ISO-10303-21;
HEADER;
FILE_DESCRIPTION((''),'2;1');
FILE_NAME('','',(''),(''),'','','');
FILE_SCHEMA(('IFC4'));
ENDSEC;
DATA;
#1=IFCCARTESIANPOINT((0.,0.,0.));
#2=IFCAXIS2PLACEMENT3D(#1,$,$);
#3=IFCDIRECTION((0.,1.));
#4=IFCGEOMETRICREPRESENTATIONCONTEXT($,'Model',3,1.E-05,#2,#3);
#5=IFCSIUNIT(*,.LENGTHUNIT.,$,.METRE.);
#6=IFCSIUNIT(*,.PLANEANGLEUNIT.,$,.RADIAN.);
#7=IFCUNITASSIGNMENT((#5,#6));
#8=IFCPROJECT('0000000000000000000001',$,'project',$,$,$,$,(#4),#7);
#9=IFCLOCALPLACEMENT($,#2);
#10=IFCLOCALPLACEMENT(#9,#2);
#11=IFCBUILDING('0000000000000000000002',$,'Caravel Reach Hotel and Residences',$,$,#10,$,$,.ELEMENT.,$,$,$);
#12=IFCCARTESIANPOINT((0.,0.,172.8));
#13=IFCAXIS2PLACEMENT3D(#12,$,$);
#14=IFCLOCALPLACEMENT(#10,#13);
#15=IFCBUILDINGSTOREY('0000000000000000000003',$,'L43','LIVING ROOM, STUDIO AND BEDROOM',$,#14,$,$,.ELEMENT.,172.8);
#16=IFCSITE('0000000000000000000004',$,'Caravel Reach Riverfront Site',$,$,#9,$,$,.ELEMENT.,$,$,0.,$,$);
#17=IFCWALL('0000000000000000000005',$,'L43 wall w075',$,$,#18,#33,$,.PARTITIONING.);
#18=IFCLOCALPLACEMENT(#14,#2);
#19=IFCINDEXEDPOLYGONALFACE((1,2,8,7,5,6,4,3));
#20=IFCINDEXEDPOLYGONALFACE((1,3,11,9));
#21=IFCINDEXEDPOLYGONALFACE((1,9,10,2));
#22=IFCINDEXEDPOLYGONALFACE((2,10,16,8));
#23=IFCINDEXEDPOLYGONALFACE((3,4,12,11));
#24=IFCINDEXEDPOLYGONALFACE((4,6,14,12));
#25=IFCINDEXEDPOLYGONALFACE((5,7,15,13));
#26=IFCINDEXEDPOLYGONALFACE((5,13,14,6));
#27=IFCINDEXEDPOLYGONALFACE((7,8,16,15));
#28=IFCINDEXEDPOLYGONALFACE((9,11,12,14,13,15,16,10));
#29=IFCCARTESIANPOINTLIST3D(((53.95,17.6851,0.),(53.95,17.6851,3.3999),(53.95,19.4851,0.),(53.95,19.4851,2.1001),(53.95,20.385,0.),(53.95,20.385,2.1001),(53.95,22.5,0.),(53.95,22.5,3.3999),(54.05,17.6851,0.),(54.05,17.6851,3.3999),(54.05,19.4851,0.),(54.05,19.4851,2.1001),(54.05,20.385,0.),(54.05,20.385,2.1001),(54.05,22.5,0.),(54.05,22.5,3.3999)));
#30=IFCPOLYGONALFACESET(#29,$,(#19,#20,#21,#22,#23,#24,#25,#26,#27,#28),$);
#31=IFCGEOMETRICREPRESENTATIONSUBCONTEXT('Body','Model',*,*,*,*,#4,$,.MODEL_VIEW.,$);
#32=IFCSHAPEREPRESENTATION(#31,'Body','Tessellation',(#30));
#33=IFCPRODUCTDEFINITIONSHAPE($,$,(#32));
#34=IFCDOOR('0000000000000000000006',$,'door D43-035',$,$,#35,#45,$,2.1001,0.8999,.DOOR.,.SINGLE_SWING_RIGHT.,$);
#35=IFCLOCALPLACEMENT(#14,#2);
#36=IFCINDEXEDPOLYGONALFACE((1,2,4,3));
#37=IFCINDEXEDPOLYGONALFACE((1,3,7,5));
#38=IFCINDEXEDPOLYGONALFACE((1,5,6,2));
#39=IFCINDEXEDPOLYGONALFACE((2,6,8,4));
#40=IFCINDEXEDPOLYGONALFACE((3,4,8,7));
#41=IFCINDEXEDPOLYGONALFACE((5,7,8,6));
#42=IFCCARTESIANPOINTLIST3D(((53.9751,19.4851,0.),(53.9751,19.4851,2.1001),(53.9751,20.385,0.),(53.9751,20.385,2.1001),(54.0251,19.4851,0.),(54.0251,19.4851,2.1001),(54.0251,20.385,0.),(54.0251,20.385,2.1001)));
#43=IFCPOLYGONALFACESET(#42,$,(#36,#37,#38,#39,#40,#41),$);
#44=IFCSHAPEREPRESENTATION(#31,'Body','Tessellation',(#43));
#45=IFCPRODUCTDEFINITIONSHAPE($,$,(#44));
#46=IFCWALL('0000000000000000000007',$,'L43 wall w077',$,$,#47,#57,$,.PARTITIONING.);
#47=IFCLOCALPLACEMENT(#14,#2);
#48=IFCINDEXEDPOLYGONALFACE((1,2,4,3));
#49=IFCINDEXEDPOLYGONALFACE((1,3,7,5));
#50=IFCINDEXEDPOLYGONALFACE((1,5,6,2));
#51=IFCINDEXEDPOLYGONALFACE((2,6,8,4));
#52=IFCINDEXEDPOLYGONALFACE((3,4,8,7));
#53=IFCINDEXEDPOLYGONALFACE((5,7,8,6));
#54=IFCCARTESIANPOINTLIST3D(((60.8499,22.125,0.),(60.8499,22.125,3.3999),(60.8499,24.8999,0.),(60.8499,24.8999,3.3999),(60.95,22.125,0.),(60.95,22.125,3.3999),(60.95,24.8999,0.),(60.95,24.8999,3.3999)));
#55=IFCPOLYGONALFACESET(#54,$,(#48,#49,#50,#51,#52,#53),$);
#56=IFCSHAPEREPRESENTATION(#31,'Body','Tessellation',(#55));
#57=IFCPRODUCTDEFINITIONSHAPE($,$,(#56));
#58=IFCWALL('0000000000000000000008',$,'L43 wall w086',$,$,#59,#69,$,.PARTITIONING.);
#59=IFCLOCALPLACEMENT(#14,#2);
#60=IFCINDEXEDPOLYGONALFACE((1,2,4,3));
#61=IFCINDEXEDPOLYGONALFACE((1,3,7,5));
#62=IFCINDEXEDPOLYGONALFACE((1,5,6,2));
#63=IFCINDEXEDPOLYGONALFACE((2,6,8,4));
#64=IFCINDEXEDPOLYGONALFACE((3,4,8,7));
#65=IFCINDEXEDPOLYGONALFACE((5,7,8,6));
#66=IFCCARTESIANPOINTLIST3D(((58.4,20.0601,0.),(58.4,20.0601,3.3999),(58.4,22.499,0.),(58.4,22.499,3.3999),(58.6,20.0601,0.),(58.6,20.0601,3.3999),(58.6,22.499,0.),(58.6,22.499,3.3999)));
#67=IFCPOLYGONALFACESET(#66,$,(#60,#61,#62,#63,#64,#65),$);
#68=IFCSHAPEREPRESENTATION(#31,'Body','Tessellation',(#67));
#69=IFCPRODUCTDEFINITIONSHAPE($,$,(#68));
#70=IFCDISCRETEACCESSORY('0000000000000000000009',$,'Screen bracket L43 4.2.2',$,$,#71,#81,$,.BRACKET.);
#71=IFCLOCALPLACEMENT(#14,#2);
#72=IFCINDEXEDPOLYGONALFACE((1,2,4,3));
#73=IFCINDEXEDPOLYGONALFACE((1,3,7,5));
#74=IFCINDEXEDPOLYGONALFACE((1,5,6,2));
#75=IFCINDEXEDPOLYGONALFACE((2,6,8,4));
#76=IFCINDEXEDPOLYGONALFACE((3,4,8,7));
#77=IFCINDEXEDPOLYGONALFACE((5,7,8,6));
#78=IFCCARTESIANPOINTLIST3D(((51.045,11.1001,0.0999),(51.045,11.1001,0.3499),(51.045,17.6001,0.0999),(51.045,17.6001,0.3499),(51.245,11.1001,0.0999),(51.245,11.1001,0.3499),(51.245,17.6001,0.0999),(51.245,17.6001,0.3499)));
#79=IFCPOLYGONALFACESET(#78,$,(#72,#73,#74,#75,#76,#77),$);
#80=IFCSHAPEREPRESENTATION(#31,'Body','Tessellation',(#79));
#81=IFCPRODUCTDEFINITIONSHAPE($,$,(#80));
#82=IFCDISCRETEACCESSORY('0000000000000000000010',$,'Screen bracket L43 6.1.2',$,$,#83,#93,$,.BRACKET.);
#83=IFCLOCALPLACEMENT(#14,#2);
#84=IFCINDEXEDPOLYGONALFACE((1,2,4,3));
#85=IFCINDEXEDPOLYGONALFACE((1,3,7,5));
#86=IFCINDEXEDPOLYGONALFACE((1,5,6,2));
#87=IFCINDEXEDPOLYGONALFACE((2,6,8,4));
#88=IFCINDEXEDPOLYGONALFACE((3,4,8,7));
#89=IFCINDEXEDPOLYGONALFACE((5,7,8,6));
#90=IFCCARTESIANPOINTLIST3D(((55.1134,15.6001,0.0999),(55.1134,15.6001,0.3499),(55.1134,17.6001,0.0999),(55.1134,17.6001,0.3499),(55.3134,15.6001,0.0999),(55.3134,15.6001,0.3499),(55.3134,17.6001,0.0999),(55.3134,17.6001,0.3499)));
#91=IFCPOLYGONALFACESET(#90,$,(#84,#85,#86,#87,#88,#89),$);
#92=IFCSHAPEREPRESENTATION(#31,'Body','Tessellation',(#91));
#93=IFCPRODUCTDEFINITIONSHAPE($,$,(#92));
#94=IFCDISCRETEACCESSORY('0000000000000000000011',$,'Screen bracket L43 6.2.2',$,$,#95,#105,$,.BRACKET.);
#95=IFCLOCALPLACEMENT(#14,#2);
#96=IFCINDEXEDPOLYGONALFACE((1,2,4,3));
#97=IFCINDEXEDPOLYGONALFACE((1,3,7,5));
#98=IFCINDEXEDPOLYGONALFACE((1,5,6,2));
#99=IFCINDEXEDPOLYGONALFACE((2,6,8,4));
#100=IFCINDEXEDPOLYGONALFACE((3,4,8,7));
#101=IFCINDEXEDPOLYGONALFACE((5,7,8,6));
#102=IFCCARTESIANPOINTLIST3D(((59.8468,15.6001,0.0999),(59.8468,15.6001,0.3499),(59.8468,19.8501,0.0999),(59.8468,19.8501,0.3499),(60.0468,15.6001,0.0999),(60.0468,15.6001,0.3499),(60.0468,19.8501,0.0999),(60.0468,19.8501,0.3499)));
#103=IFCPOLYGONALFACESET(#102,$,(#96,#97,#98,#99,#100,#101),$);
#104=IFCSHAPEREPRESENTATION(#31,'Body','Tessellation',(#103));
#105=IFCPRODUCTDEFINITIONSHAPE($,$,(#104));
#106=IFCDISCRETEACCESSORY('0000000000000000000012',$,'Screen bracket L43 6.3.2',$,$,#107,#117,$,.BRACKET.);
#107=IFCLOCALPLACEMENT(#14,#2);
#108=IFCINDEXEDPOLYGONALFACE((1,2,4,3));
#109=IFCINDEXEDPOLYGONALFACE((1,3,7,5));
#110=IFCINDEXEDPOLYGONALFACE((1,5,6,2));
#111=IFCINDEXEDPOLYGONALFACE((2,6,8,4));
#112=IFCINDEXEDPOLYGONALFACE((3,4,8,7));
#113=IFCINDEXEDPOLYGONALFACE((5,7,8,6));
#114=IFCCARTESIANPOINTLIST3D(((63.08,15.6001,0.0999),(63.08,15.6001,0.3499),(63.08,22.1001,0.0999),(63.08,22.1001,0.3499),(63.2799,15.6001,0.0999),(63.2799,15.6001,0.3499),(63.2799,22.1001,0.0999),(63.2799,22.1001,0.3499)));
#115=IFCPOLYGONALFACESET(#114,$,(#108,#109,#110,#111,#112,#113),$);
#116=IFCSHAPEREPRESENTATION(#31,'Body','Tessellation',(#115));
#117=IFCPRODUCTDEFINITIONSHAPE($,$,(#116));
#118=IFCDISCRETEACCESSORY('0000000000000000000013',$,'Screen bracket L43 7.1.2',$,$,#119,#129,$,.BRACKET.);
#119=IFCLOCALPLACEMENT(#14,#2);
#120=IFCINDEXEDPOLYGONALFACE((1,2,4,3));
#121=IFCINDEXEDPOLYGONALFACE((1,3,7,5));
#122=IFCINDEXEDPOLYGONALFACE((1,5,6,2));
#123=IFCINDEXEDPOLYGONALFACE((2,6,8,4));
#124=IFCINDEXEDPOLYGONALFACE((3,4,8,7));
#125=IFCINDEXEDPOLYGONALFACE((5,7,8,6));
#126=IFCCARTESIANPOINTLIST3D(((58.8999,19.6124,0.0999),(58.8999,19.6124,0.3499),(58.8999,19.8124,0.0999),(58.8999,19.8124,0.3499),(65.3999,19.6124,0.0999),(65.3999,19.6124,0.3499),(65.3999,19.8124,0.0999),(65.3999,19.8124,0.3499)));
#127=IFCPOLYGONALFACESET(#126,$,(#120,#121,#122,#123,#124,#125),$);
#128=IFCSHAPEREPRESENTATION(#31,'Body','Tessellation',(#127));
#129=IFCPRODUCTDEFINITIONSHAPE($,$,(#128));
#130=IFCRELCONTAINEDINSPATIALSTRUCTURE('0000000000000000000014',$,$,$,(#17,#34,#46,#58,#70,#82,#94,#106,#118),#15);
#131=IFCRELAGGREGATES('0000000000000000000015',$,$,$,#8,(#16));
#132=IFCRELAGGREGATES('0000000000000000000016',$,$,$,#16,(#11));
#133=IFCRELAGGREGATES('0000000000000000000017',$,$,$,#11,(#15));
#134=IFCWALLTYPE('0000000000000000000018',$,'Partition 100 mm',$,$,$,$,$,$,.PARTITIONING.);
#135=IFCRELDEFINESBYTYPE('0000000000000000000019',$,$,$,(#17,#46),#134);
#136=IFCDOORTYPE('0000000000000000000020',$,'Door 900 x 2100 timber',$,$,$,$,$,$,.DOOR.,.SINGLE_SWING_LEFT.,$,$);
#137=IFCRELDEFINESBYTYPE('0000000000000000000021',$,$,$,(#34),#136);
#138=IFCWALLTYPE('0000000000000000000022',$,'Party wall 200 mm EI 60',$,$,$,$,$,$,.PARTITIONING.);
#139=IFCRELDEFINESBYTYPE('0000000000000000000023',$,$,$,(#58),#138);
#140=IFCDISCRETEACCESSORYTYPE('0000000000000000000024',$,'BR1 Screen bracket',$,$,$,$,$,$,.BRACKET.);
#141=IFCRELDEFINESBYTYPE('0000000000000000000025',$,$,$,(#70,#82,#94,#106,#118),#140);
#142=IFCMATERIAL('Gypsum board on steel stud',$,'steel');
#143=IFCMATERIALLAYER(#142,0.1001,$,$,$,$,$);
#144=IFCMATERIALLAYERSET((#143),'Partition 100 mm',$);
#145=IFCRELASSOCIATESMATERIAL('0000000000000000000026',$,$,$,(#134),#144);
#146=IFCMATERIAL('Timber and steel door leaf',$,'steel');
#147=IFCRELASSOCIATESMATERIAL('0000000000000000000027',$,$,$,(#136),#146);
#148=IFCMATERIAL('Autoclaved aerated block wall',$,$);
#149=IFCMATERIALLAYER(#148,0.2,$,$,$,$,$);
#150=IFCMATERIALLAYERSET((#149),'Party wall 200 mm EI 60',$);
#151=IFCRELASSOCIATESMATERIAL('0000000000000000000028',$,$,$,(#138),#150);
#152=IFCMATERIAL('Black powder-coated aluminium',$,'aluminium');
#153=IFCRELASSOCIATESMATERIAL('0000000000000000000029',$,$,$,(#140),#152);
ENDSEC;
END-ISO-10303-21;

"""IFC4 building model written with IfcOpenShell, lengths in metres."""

from ifc_helpers import new_model, si_unit, direction, frame, frame_2d, origin, origin_2d, place, context, subcontext, project, spatial, rectangle, extrude, material, layer, layer_set, type_object, element, fill, save


model = new_model("IFC4")

# Units and contexts
model_context = context("Model", 3, precision=1e-05, world=origin(), true_north=direction((0.0, 1.0)))
body_context = subcontext(model_context, "Body", "Model", "MODEL_VIEW")
ifc_project = project(units=[si_unit("LENGTHUNIT", "METRE"), si_unit("PLANEANGLEUNIT", "RADIAN")], contexts=[model_context])

# Site, building, storey
site_placement = place(None, origin())
site = spatial("IfcSite", under=ifc_project, at=site_placement, Name="Caravel Reach Riverfront Site", CompositionType="ELEMENT", RefElevation=0.0)
building_placement = place(site_placement, origin())
building = spatial("IfcBuilding", under=site, at=building_placement, Name="Caravel Reach Hotel and Residences", CompositionType="ELEMENT")
storey_placement = place(building_placement, frame((0.0, 0.0, 172.8)))
storey = spatial("IfcBuildingStorey", under=building, at=storey_placement, Name="L43", Description="LIVING ROOM, STUDIO AND BEDROOM", CompositionType="ELEMENT", Elevation=172.8)

# Shared definitions
ifc_material_1 = material(Name="Gypsum board on steel stud", Category="steel")
ifc_layer_1 = layer(ifc_material_1, 0.1001)
ifc_layer_set_1 = layer_set([ifc_layer_1], Name="Partition 100 mm")
wall_type_1 = type_object("IfcWallType", Name="Partition 100 mm", PredefinedType="PARTITIONING", material=ifc_layer_set_1)
ifc_material_2 = material(Name="Timber and steel door leaf", Category="steel")
door_type = type_object("IfcDoorType", Name="Door 900 x 2100 timber", OperationType="SINGLE_SWING_LEFT", PredefinedType="DOOR", material=ifc_material_2)

# Wall, opening, door
wall_1_placement = place(storey_placement, frame((54.0, 17.6851, 0.0), z_axis=(0.0, 0.0, 1.0), x_axis=(0.0, 1.0, 0.0)))
wall_1 = element("IfcWall", 1, at=wall_1_placement, inside=storey, type_object=wall_type_1, Name="L43 wall w075", PredefinedType="PARTITIONING", context=body_context, shape_type="SweptSolid", body=[
    extrude(rectangle(XDim=4.8149, YDim=0.1001, at=frame_2d((2.4075, 0.0))), origin(), (0.0, 0.0, 1.0), 3.3999),
])
opening_1_placement = place(wall_1_placement, frame((1.8, 0.0, 0.0)))
opening_1 = element("IfcOpeningElement", 2, at=opening_1_placement, cuts=wall_1, PredefinedType="OPENING", context=body_context, shape_type="SweptSolid", body=[
    extrude(rectangle(XDim=0.8999, YDim=2.1001, at=frame_2d((0.45, 1.05))), frame((0.0, 0.0601, 0.0), z_axis=(0.0, -1.0, 0.0), x_axis=(1.0, 0.0, 0.0)), (0.0, 0.0, 1.0), 0.1201),
])
door_1_placement = place(opening_1_placement, origin())
door_1 = element("IfcDoor", 3, at=door_1_placement, inside=storey, type_object=door_type, Name="door D43-035", OperationType="SINGLE_SWING_RIGHT", OverallHeight=2.1001, OverallWidth=0.8999, PredefinedType="DOOR", context=body_context, shape_type="SweptSolid", body=[
    extrude(rectangle(XDim=0.8999, YDim=2.1001, at=frame_2d((0.45, 1.05))), frame((0.0, 0.0249, 0.0), z_axis=(0.0, -1.0, 0.0), x_axis=(1.0, 0.0, 0.0)), (0.0, 0.0, 1.0), 0.05),
])
fill(opening_1, door_1)

# Walls
wall_2_placement = place(storey_placement, frame((60.8999, 22.125, 0.0), z_axis=(0.0, 0.0, 1.0), x_axis=(0.0, 1.0, 0.0)))
element("IfcWall", 4, at=wall_2_placement, inside=storey, type_object=wall_type_1, Name="L43 wall w077", PredefinedType="PARTITIONING", context=body_context, shape_type="SweptSolid", body=[
    extrude(rectangle(XDim=2.7749, YDim=0.1001, at=frame_2d((1.3875, 0.0))), origin(), (0.0, 0.0, 1.0), 3.3999),
])
ifc_material_3 = material(Name="Autoclaved aerated block wall")
ifc_layer_2 = layer(ifc_material_3, 0.2)
ifc_layer_set_2 = layer_set([ifc_layer_2], Name="Party wall 200 mm EI 60")
wall_type_2 = type_object("IfcWallType", Name="Party wall 200 mm EI 60", PredefinedType="PARTITIONING", material=ifc_layer_set_2)
wall_3_placement = place(storey_placement, frame((58.5, 20.0601, 0.0), z_axis=(0.0, 0.0, 1.0), x_axis=(0.0, 1.0, 0.0)))
element("IfcWall", 5, at=wall_3_placement, inside=storey, type_object=wall_type_2, Name="L43 wall w086", PredefinedType="PARTITIONING", context=body_context, shape_type="SweptSolid", body=[
    extrude(rectangle(XDim=2.439, YDim=0.2, at=frame_2d((1.2195, 0.0))), origin(), (0.0, 0.0, 1.0), 3.3999),
])

# Discrete accessories
ifc_material_4 = material(Name="Black powder-coated aluminium", Category="aluminium")
discrete_accessory_type = type_object("IfcDiscreteAccessoryType", Name="BR1 Screen bracket", PredefinedType="BRACKET", material=ifc_material_4)
discrete_accessory_1_placement = place(storey_placement, frame((51.145, 14.3501, 0.0999), z_axis=(0.0, 0.0, 1.0), x_axis=(0.0, -1.0, 0.0)))
element("IfcDiscreteAccessory", 6, at=discrete_accessory_1_placement, inside=storey, type_object=discrete_accessory_type, Name="Screen bracket L43 4.2.2", PredefinedType="BRACKET", context=body_context, shape_type="SweptSolid", body=[
    extrude(rectangle(XDim=6.5, YDim=0.2, at=origin_2d()), origin(), (0.0, 0.0, 1.0), 0.25),
])
discrete_accessory_2_placement = place(storey_placement, frame((55.2134, 16.6001, 0.0999), z_axis=(0.0, 0.0, 1.0), x_axis=(0.0, -1.0, 0.0)))
element("IfcDiscreteAccessory", 7, at=discrete_accessory_2_placement, inside=storey, type_object=discrete_accessory_type, Name="Screen bracket L43 6.1.2", PredefinedType="BRACKET", context=body_context, shape_type="SweptSolid", body=[
    extrude(rectangle(XDim=2.0, YDim=0.2, at=origin_2d()), origin(), (0.0, 0.0, 1.0), 0.25),
])
discrete_accessory_3_placement = place(storey_placement, frame((59.9468, 17.7251, 0.0999), z_axis=(0.0, 0.0, 1.0), x_axis=(0.0, -1.0, 0.0)))
element("IfcDiscreteAccessory", 8, at=discrete_accessory_3_placement, inside=storey, type_object=discrete_accessory_type, Name="Screen bracket L43 6.2.2", PredefinedType="BRACKET", context=body_context, shape_type="SweptSolid", body=[
    extrude(rectangle(XDim=4.25, YDim=0.2, at=origin_2d()), origin(), (0.0, 0.0, 1.0), 0.25),
])
for number, where, z_axis, x_axis, name in (
    (9, (63.1799, 18.8501, 0.0999), (0.0, 0.0, 1.0), (0.0, -1.0, 0.0), "Screen bracket L43 6.3.2"),
    (10, (62.1499, 19.7124, 0.0999), (0.0, 0.0, 1.0), (1.0, 0.0, 0.0), "Screen bracket L43 7.1.2"),
):
    element("IfcDiscreteAccessory", number, at=place(storey_placement, frame(where, z_axis=z_axis, x_axis=x_axis)), inside=storey, type_object=discrete_accessory_type, Name=name, PredefinedType="BRACKET", context=body_context, shape_type="SweptSolid", body=[
        extrude(rectangle(XDim=6.5, YDim=0.2, at=origin_2d()), origin(), (0.0, 0.0, 1.0), 0.25),
    ])

save(model, "model.ifc")
